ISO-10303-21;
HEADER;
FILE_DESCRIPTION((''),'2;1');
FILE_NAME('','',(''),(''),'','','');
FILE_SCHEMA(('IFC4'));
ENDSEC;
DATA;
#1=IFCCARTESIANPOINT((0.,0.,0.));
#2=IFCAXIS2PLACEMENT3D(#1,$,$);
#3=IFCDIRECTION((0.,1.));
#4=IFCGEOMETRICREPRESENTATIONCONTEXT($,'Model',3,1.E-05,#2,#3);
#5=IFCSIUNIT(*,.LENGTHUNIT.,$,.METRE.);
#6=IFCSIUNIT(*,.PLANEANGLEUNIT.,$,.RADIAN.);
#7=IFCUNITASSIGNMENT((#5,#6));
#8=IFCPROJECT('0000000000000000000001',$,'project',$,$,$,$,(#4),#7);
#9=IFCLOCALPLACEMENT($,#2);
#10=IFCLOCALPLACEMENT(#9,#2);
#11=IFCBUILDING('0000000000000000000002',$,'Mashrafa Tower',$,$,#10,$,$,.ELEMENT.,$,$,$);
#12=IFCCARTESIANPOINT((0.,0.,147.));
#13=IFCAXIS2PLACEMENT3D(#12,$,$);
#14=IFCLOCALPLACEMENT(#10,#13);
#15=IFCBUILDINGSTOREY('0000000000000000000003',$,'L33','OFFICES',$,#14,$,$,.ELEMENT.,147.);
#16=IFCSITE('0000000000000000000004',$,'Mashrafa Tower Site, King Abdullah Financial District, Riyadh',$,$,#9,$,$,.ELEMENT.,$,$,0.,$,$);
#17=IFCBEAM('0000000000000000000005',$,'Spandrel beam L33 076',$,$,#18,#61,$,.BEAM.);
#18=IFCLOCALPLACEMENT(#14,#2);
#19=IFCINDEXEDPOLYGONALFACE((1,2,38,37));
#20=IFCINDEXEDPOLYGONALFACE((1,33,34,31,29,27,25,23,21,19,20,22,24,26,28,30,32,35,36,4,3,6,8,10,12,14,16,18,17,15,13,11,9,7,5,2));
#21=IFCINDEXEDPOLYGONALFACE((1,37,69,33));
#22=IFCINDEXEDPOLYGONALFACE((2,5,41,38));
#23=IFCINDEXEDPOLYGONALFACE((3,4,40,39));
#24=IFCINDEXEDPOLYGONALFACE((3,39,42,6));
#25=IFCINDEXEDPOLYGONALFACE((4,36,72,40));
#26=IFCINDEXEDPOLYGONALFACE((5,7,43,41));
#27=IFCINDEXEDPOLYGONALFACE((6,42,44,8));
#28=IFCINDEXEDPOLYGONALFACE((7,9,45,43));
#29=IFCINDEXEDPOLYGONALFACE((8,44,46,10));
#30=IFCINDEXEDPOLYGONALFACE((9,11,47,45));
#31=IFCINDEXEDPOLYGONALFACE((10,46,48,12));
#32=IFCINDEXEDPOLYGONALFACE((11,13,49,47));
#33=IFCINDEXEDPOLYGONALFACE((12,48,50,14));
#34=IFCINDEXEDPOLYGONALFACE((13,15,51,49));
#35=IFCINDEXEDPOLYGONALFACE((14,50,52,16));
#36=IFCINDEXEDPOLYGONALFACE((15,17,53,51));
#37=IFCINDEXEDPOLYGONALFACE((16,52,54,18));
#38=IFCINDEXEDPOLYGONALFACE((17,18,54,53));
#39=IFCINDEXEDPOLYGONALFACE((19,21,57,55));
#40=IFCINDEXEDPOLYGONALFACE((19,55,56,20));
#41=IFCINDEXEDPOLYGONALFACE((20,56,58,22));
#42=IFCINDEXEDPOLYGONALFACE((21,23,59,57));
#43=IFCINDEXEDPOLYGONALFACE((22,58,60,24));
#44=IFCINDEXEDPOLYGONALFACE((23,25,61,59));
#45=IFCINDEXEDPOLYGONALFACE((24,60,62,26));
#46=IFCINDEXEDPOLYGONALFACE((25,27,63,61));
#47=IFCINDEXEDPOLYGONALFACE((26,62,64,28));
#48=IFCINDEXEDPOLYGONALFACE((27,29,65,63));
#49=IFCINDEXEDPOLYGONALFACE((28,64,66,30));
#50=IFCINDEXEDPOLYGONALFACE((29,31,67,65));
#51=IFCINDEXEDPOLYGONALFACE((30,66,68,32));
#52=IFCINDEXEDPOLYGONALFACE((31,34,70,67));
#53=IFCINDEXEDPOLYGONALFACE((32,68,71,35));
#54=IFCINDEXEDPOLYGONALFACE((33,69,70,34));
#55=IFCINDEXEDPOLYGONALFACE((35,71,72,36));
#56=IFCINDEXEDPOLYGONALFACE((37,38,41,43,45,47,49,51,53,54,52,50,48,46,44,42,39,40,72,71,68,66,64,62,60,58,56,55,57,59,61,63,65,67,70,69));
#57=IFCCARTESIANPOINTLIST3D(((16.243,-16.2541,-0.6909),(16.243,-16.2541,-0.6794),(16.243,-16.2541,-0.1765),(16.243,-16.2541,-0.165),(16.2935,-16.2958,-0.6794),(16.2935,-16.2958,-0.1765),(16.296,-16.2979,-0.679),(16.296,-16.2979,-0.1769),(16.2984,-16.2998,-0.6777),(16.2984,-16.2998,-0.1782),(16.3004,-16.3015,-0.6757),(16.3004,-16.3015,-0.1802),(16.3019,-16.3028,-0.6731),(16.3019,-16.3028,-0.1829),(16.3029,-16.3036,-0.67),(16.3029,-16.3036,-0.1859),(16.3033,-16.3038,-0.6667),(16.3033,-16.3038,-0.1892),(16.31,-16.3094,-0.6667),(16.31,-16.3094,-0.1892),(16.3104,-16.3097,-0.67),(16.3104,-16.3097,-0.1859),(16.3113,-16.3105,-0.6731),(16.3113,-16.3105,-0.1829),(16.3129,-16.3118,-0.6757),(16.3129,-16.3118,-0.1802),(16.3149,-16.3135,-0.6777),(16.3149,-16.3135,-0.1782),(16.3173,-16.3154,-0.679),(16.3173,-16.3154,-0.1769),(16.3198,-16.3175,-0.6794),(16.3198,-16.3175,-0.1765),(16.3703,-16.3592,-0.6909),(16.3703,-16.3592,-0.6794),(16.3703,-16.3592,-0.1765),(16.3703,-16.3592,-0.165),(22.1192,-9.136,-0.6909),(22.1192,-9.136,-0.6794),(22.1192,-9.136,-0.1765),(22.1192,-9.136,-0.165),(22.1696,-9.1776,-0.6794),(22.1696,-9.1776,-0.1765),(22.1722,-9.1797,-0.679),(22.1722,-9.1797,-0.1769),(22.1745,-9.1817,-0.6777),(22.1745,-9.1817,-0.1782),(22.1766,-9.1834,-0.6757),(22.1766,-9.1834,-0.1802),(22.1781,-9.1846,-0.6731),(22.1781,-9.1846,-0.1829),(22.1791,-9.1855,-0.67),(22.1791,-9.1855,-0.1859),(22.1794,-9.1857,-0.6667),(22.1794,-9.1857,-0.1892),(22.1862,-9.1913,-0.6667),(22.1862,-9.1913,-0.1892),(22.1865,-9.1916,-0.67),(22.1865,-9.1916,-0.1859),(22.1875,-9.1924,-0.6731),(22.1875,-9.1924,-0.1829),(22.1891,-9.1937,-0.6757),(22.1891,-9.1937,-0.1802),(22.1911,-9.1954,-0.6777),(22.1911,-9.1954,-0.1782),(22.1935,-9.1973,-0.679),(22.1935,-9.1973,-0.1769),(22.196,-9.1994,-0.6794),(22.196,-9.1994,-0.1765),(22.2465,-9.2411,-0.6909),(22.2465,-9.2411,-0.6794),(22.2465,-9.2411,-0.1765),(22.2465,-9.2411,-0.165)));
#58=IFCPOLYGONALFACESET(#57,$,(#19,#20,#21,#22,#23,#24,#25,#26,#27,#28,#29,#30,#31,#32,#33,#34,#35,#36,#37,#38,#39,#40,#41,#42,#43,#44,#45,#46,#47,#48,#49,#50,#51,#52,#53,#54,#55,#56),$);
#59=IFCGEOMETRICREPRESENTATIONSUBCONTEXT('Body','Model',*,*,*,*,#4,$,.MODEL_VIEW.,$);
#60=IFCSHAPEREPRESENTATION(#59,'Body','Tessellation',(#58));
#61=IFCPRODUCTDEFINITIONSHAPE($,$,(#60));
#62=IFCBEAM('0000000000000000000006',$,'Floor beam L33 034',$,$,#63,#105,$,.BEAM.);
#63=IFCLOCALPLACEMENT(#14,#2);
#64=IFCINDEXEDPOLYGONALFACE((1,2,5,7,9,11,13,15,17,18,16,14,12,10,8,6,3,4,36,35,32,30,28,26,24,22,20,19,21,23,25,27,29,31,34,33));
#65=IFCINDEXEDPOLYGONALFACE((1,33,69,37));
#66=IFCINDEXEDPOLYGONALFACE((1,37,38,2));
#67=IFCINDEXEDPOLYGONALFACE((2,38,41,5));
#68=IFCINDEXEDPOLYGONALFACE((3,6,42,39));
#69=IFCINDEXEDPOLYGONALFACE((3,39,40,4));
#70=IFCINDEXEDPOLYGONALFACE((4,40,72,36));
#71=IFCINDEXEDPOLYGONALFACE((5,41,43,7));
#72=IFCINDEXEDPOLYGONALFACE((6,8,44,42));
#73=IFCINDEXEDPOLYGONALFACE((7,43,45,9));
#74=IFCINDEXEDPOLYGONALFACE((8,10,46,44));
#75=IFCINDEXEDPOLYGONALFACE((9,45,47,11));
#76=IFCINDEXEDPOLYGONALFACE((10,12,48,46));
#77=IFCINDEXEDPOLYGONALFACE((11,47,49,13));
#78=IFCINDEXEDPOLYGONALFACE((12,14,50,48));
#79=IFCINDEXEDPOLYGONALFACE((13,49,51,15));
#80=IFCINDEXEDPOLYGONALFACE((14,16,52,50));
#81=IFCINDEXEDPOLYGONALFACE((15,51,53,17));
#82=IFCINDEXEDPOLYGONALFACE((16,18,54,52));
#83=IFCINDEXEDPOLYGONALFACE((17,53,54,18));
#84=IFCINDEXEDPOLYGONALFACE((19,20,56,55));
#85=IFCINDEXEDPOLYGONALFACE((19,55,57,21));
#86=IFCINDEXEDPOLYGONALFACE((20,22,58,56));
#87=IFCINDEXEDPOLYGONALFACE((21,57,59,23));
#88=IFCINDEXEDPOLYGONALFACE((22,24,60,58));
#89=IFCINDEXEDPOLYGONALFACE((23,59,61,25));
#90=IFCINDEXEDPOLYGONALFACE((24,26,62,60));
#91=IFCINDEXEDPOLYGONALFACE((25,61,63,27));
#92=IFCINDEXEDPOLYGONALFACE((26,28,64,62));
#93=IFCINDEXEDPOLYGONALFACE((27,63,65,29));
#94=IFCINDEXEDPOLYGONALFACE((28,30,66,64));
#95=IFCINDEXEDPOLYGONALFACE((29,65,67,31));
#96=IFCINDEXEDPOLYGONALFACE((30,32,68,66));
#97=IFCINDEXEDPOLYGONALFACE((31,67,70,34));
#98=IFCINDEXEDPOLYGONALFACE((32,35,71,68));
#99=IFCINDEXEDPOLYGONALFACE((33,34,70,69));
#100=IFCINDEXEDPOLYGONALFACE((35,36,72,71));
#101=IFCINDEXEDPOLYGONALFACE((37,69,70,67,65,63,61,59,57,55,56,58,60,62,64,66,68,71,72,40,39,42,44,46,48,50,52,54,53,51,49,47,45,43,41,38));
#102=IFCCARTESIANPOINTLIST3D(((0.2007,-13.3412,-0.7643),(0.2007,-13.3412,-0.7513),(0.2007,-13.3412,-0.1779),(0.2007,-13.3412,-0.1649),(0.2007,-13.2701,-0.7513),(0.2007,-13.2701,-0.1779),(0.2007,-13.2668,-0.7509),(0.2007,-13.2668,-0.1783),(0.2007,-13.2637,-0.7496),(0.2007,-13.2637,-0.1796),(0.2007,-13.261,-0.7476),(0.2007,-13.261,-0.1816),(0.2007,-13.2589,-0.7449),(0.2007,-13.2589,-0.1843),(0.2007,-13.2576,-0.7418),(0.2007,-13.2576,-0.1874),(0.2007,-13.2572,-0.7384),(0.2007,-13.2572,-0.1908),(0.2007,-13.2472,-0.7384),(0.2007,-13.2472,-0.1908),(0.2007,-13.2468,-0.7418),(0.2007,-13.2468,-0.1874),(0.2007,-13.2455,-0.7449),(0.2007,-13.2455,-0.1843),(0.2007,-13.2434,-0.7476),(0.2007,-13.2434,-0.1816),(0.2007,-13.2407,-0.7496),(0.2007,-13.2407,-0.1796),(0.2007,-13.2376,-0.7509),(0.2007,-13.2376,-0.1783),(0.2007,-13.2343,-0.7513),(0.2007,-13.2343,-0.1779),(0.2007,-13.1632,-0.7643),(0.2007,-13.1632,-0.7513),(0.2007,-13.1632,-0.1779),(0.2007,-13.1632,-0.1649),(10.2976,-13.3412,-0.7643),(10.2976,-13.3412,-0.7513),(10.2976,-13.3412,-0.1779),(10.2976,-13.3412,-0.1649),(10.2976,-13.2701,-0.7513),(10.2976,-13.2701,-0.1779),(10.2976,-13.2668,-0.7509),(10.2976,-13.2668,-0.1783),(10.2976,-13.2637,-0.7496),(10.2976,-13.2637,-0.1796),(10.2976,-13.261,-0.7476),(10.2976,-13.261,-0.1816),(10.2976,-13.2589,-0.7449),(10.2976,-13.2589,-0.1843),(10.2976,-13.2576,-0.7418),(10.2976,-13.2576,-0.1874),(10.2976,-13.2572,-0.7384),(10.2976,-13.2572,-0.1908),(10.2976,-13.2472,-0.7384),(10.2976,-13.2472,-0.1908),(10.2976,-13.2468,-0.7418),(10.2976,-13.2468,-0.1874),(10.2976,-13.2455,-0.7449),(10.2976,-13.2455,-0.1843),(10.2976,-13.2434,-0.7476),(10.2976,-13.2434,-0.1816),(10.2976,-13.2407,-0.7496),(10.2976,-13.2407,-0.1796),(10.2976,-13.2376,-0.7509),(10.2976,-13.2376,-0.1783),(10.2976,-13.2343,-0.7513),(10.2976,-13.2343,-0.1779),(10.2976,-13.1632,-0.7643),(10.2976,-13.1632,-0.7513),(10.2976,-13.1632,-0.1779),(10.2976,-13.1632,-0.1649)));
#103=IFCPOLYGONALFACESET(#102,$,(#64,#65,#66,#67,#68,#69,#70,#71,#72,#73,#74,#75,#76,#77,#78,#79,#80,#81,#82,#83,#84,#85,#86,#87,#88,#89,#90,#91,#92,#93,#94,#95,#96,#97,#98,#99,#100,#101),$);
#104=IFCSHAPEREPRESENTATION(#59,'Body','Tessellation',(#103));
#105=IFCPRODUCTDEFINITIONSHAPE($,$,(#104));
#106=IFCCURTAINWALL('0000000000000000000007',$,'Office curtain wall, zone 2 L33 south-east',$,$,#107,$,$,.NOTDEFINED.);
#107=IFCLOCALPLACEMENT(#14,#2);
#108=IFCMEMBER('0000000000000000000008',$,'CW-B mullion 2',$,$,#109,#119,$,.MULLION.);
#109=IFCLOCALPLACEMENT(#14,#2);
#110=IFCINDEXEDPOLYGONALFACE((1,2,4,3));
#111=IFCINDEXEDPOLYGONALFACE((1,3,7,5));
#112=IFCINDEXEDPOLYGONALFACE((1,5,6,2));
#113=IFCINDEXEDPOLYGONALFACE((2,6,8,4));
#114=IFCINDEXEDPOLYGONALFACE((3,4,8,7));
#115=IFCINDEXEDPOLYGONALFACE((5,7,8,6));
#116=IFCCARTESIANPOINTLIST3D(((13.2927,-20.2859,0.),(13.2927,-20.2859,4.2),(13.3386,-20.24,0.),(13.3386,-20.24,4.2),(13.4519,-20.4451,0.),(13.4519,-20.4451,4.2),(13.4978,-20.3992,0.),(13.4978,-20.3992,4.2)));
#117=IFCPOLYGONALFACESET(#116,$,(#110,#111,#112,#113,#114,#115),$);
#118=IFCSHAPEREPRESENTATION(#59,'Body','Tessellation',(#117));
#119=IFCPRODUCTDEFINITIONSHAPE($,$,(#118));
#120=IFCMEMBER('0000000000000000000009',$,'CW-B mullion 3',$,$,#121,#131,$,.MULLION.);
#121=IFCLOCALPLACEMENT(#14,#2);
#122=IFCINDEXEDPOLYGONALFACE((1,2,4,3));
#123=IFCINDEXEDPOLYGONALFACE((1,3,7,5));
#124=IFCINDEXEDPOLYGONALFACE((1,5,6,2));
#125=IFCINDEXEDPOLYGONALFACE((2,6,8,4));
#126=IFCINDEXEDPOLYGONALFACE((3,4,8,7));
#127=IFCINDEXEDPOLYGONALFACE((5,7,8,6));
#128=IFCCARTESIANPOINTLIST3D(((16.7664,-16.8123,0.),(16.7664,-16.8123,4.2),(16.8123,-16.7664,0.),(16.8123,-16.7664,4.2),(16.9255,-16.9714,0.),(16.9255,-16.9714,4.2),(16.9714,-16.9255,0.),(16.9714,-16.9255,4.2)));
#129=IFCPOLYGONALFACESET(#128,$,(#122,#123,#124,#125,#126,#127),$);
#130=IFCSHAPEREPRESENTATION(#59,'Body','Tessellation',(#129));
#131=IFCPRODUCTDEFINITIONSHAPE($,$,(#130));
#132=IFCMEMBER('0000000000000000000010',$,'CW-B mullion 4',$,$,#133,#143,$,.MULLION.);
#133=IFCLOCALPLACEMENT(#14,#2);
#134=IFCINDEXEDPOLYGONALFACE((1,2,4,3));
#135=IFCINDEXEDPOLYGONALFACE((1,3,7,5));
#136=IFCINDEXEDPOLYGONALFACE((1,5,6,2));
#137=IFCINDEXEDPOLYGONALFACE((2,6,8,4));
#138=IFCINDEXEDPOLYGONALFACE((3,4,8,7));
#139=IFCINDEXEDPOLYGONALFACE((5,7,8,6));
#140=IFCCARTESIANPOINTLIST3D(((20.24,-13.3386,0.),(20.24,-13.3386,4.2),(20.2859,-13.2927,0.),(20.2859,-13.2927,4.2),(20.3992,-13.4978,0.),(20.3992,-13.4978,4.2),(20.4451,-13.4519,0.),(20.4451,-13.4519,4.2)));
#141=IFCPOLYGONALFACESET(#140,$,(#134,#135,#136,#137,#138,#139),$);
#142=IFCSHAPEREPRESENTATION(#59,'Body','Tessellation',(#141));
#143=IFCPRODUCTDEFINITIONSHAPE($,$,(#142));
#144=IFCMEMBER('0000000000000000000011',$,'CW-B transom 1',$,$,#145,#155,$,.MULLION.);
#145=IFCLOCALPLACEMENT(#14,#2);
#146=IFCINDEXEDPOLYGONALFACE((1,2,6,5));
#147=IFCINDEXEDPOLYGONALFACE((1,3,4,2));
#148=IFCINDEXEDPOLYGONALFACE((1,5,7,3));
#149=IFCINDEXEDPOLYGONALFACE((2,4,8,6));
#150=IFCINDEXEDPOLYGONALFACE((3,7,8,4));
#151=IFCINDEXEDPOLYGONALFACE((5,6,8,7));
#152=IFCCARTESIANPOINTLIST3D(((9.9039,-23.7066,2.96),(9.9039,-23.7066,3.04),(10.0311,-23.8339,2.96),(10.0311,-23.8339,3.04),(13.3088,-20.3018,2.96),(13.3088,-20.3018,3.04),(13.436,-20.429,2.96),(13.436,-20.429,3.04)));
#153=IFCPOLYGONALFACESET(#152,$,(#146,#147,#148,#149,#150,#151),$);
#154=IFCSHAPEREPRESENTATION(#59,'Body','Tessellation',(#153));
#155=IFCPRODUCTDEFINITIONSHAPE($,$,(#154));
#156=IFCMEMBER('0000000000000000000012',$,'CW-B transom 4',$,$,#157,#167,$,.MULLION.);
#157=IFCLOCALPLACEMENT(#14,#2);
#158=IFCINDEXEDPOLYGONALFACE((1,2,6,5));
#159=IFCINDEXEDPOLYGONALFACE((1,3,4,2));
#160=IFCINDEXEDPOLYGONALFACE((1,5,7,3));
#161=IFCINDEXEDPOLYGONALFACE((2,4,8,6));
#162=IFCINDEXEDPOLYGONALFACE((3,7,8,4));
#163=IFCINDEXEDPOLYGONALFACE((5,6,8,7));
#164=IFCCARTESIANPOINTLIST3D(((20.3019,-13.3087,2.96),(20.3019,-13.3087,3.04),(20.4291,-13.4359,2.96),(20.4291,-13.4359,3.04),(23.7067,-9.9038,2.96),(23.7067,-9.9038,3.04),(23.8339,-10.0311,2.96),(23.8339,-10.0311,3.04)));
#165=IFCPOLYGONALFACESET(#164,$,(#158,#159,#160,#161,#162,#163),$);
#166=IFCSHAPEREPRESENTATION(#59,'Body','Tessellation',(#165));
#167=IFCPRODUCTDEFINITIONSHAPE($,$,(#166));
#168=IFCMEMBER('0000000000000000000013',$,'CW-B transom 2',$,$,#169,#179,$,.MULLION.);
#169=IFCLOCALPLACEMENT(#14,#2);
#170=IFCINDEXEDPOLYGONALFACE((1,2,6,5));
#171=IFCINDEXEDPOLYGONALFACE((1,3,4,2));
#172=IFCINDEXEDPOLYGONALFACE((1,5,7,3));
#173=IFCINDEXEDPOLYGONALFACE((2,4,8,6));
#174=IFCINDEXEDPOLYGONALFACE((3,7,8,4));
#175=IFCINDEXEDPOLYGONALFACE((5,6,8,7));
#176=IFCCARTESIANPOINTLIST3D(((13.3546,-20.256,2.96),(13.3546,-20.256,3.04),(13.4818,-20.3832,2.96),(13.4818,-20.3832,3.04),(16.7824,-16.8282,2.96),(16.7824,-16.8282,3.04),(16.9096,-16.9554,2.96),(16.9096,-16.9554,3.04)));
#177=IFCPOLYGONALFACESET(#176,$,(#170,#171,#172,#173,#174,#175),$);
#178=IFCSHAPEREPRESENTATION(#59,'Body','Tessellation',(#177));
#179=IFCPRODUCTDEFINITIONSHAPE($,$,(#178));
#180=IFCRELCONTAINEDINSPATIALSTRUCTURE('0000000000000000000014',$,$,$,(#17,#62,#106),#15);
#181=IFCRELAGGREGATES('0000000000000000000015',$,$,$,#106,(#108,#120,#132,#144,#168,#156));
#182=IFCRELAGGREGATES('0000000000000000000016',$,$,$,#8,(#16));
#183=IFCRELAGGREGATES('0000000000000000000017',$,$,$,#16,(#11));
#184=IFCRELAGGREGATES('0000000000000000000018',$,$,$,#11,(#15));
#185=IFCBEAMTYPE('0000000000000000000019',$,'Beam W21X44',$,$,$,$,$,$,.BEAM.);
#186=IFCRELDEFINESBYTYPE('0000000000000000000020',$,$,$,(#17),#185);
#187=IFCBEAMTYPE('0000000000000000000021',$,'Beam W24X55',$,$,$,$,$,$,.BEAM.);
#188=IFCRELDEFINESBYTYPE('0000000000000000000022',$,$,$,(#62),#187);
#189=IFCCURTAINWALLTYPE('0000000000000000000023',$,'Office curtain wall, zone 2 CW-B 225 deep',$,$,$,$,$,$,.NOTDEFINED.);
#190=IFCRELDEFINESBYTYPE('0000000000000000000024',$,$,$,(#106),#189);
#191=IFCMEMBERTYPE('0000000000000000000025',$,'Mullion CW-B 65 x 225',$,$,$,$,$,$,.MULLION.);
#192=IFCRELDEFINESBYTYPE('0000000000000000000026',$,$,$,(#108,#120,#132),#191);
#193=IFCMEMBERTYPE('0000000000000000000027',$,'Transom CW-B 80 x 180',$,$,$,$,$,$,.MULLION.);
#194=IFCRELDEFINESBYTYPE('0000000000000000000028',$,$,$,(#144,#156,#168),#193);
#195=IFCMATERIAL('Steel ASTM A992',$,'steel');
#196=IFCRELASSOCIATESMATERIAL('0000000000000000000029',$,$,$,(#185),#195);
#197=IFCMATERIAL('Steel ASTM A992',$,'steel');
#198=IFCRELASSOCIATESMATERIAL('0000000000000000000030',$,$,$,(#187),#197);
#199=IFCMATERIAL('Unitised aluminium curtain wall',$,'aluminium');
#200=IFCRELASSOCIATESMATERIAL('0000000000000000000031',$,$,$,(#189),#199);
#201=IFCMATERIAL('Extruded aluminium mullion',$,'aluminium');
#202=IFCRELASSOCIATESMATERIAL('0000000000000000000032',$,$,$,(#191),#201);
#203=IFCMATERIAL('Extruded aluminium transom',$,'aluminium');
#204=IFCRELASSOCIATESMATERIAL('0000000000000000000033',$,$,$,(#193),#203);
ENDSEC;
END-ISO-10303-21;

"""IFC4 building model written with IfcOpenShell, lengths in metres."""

from ifc_helpers import new_model, si_unit, direction, frame, origin, origin_2d, place, context, subcontext, project, spatial, rectangle, i_section, extrude, source, transform, mapped, material, material_profile, profile_set, type_object, type_shapes, element, aggregate, save


model = new_model("IFC4")

# Units and contexts
model_context = context("Model", 3, precision=1e-05, world=origin(), true_north=direction((0.0, 1.0)))
body_context = subcontext(model_context, "Body", "Model", "MODEL_VIEW")
ifc_project = project(units=[si_unit("LENGTHUNIT", "METRE"), si_unit("PLANEANGLEUNIT", "RADIAN")], contexts=[model_context])

# Site, building, storey
site_placement = place(None, origin())
site = spatial("IfcSite", under=ifc_project, at=site_placement, Name="Mashrafa Tower Site, King Abdullah Financial District, Riyadh", CompositionType="ELEMENT", RefElevation=0.0)
building_placement = place(site_placement, origin())
building = spatial("IfcBuilding", under=site, at=building_placement, Name="Mashrafa Tower", CompositionType="ELEMENT")
storey_placement = place(building_placement, frame((0.0, 0.0, 147.0)))
storey = spatial("IfcBuildingStorey", under=building, at=storey_placement, Name="L33", Description="OFFICES", CompositionType="ELEMENT", Elevation=147.0)

# Beams
ifc_material_1 = material(Name="Steel ASTM A992", Category="steel")
ifc_material_profile_1 = material_profile(ifc_material_1, i_section(OverallWidth=0.165, OverallDepth=0.5259, WebThickness=0.0088, FlangeThickness=0.0115, FilletRadius=0.0127, at=origin_2d()), Name="W21X44")
ifc_profile_set_1 = profile_set([ifc_material_profile_1], Name="Steel ASTM A992")
beam_type_1 = type_object("IfcBeamType", Name="Beam W21X44", PredefinedType="BEAM", material=ifc_profile_set_1)
beam_1_placement = place(storey_placement, frame((16.3066, -16.3066, -0.428), z_axis=(0.636624, 0.771175, 0.0), x_axis=(-0.771175, 0.636624, 0.0)))
element("IfcBeam", 1, at=beam_1_placement, inside=storey, type_object=beam_type_1, Name="Spandrel beam L33 076", PredefinedType="BEAM", context=body_context, shape_type="SweptSolid", body=[
    extrude(i_section(OverallWidth=0.165, OverallDepth=0.5259, WebThickness=0.0088, FlangeThickness=0.0115, FilletRadius=0.0127, at=origin_2d()), origin(), (0.0, 0.0, 1.0), 9.2302),
])
ifc_material_2 = material(Name="Steel ASTM A992", Category="steel")
ifc_material_profile_2 = material_profile(ifc_material_2, i_section(OverallWidth=0.178, OverallDepth=0.5994, WebThickness=0.01, FlangeThickness=0.0129, FilletRadius=0.0129, at=origin_2d()), Name="W24X55")
ifc_profile_set_2 = profile_set([ifc_material_profile_2], Name="Steel ASTM A992")
beam_type_2 = type_object("IfcBeamType", Name="Beam W24X55", PredefinedType="BEAM", material=ifc_profile_set_2)
beam_2_placement = place(storey_placement, frame((10.2976, -13.2522, -0.4646), z_axis=(-1.0, 0.0, 0.0), x_axis=(0.0, -1.0, 0.0)))
element("IfcBeam", 2, at=beam_2_placement, inside=storey, type_object=beam_type_2, Name="Floor beam L33 034", PredefinedType="BEAM", context=body_context, shape_type="SweptSolid", body=[
    extrude(i_section(OverallWidth=0.178, OverallDepth=0.5994, WebThickness=0.01, FlangeThickness=0.0129, FilletRadius=0.0129, at=origin_2d()), origin(), (0.0, 0.0, 1.0), 10.0969),
])

# Curtain wall, members
ifc_material_3 = material(Name="Unitised aluminium curtain wall", Category="aluminium")
curtain_wall_type = type_object("IfcCurtainWallType", Name="Office curtain wall, zone 2 CW-B 225 deep", PredefinedType="NOTDEFINED", material=ifc_material_3)
curtain_wall_placement = place(storey_placement, origin())
curtain_wall = element("IfcCurtainWall", 3, at=curtain_wall_placement, inside=storey, type_object=curtain_wall_type, Name="Office curtain wall, zone 2 L33 south-east", PredefinedType="NOTDEFINED")
ifc_material_4 = material(Name="Extruded aluminium mullion", Category="aluminium")
ifc_material_profile_3 = material_profile(ifc_material_4, rectangle(XDim=0.2251, YDim=0.0649, at=origin_2d()), Name="Mullion 65x225")
ifc_profile_set_3 = profile_set([ifc_material_profile_3], Name="Extruded aluminium mullion")
member_type_1 = type_object("IfcMemberType", Name="Mullion CW-B 65 x 225", PredefinedType="MULLION", material=ifc_profile_set_3)
shared_shape_1 = source(origin(), body_context, "Body", "SweptSolid", [
    extrude(rectangle(XDim=0.2251, YDim=0.0649, at=origin_2d()), origin(), (0.0, 0.0, 1.0), 4.2),
])
type_shapes(member_type_1, [shared_shape_1])
member_1_placement = place(storey_placement, frame((13.3953, -20.3425, 0.0), z_axis=(0.0, 0.0, 1.0), x_axis=(-0.707107, 0.707107, 0.0)))
member_1 = element("IfcMember", 4, at=member_1_placement, type_object=member_type_1, Name="CW-B mullion 2", PredefinedType="MULLION", context=body_context, shape_type="MappedRepresentation", body=[
    mapped(shared_shape_1, transform((0.0, 0.0, 0.0))),
])
member_2_placement = place(storey_placement, frame((16.8689, -16.8689, 0.0), z_axis=(0.0, 0.0, 1.0), x_axis=(-0.707107, 0.707107, 0.0)))
member_2 = element("IfcMember", 5, at=member_2_placement, type_object=member_type_1, Name="CW-B mullion 3", PredefinedType="MULLION", context=body_context, shape_type="MappedRepresentation", body=[
    mapped(shared_shape_1, transform((0.0, 0.0, 0.0))),
])
member_3_placement = place(storey_placement, frame((20.3425, -13.3953, 0.0), z_axis=(0.0, 0.0, 1.0), x_axis=(-0.707107, 0.707107, 0.0)))
member_3 = element("IfcMember", 6, at=member_3_placement, type_object=member_type_1, Name="CW-B mullion 4", PredefinedType="MULLION", context=body_context, shape_type="MappedRepresentation", body=[
    mapped(shared_shape_1, transform((0.0, 0.0, 0.0))),
])
ifc_material_5 = material(Name="Extruded aluminium transom", Category="aluminium")
ifc_material_profile_4 = material_profile(ifc_material_5, rectangle(XDim=0.1799, YDim=0.0801, at=origin_2d()), Name="Transom 80x180")
ifc_profile_set_4 = profile_set([ifc_material_profile_4], Name="Extruded aluminium transom")
member_type_2 = type_object("IfcMemberType", Name="Transom CW-B 80 x 180", PredefinedType="MULLION", material=ifc_profile_set_4)
shared_shape_2 = source(origin(), body_context, "Body", "SweptSolid", [
    extrude(rectangle(XDim=0.1799, YDim=0.0801, at=origin_2d()), origin(), (0.0, 0.0, 1.0), 4.8152),
])
member_4_placement = place(storey_placement, frame((9.9675, -23.7703, 3.0), z_axis=(0.707107, 0.707107, 0.0), x_axis=(-0.707107, 0.707107, 0.0)))
member_4 = element("IfcMember", 7, at=member_4_placement, type_object=member_type_2, Name="CW-B transom 1", PredefinedType="MULLION", context=body_context, shape_type="MappedRepresentation", body=[
    mapped(shared_shape_2, transform((0.0, 0.0, 0.0))),
])
member_5_placement = place(storey_placement, frame((20.3655, -13.3723, 3.0), z_axis=(0.707107, 0.707107, 0.0), x_axis=(-0.707107, 0.707107, 0.0)))
member_5 = element("IfcMember", 8, at=member_5_placement, type_object=member_type_2, Name="CW-B transom 4", PredefinedType="MULLION", context=body_context, shape_type="MappedRepresentation", body=[
    mapped(shared_shape_2, transform((0.0, 0.0, 0.0))),
])
shared_shape_3 = source(origin(), body_context, "Body", "SweptSolid", [
    extrude(rectangle(XDim=0.1799, YDim=0.0801, at=origin_2d()), origin(), (0.0, 0.0, 1.0), 4.8477),
])
type_shapes(member_type_2, [shared_shape_2, shared_shape_3])
member_6_placement = place(storey_placement, frame((13.4182, -20.3196, 3.0), z_axis=(0.707107, 0.707107, 0.0), x_axis=(-0.707107, 0.707107, 0.0)))
member_6 = element("IfcMember", 9, at=member_6_placement, type_object=member_type_2, Name="CW-B transom 2", PredefinedType="MULLION", context=body_context, shape_type="MappedRepresentation", body=[
    mapped(shared_shape_3, transform((0.0, 0.0, 0.0))),
])
aggregate(curtain_wall, [member_1, member_2, member_3, member_4, member_6, member_5])

save(model, "model.ifc")
